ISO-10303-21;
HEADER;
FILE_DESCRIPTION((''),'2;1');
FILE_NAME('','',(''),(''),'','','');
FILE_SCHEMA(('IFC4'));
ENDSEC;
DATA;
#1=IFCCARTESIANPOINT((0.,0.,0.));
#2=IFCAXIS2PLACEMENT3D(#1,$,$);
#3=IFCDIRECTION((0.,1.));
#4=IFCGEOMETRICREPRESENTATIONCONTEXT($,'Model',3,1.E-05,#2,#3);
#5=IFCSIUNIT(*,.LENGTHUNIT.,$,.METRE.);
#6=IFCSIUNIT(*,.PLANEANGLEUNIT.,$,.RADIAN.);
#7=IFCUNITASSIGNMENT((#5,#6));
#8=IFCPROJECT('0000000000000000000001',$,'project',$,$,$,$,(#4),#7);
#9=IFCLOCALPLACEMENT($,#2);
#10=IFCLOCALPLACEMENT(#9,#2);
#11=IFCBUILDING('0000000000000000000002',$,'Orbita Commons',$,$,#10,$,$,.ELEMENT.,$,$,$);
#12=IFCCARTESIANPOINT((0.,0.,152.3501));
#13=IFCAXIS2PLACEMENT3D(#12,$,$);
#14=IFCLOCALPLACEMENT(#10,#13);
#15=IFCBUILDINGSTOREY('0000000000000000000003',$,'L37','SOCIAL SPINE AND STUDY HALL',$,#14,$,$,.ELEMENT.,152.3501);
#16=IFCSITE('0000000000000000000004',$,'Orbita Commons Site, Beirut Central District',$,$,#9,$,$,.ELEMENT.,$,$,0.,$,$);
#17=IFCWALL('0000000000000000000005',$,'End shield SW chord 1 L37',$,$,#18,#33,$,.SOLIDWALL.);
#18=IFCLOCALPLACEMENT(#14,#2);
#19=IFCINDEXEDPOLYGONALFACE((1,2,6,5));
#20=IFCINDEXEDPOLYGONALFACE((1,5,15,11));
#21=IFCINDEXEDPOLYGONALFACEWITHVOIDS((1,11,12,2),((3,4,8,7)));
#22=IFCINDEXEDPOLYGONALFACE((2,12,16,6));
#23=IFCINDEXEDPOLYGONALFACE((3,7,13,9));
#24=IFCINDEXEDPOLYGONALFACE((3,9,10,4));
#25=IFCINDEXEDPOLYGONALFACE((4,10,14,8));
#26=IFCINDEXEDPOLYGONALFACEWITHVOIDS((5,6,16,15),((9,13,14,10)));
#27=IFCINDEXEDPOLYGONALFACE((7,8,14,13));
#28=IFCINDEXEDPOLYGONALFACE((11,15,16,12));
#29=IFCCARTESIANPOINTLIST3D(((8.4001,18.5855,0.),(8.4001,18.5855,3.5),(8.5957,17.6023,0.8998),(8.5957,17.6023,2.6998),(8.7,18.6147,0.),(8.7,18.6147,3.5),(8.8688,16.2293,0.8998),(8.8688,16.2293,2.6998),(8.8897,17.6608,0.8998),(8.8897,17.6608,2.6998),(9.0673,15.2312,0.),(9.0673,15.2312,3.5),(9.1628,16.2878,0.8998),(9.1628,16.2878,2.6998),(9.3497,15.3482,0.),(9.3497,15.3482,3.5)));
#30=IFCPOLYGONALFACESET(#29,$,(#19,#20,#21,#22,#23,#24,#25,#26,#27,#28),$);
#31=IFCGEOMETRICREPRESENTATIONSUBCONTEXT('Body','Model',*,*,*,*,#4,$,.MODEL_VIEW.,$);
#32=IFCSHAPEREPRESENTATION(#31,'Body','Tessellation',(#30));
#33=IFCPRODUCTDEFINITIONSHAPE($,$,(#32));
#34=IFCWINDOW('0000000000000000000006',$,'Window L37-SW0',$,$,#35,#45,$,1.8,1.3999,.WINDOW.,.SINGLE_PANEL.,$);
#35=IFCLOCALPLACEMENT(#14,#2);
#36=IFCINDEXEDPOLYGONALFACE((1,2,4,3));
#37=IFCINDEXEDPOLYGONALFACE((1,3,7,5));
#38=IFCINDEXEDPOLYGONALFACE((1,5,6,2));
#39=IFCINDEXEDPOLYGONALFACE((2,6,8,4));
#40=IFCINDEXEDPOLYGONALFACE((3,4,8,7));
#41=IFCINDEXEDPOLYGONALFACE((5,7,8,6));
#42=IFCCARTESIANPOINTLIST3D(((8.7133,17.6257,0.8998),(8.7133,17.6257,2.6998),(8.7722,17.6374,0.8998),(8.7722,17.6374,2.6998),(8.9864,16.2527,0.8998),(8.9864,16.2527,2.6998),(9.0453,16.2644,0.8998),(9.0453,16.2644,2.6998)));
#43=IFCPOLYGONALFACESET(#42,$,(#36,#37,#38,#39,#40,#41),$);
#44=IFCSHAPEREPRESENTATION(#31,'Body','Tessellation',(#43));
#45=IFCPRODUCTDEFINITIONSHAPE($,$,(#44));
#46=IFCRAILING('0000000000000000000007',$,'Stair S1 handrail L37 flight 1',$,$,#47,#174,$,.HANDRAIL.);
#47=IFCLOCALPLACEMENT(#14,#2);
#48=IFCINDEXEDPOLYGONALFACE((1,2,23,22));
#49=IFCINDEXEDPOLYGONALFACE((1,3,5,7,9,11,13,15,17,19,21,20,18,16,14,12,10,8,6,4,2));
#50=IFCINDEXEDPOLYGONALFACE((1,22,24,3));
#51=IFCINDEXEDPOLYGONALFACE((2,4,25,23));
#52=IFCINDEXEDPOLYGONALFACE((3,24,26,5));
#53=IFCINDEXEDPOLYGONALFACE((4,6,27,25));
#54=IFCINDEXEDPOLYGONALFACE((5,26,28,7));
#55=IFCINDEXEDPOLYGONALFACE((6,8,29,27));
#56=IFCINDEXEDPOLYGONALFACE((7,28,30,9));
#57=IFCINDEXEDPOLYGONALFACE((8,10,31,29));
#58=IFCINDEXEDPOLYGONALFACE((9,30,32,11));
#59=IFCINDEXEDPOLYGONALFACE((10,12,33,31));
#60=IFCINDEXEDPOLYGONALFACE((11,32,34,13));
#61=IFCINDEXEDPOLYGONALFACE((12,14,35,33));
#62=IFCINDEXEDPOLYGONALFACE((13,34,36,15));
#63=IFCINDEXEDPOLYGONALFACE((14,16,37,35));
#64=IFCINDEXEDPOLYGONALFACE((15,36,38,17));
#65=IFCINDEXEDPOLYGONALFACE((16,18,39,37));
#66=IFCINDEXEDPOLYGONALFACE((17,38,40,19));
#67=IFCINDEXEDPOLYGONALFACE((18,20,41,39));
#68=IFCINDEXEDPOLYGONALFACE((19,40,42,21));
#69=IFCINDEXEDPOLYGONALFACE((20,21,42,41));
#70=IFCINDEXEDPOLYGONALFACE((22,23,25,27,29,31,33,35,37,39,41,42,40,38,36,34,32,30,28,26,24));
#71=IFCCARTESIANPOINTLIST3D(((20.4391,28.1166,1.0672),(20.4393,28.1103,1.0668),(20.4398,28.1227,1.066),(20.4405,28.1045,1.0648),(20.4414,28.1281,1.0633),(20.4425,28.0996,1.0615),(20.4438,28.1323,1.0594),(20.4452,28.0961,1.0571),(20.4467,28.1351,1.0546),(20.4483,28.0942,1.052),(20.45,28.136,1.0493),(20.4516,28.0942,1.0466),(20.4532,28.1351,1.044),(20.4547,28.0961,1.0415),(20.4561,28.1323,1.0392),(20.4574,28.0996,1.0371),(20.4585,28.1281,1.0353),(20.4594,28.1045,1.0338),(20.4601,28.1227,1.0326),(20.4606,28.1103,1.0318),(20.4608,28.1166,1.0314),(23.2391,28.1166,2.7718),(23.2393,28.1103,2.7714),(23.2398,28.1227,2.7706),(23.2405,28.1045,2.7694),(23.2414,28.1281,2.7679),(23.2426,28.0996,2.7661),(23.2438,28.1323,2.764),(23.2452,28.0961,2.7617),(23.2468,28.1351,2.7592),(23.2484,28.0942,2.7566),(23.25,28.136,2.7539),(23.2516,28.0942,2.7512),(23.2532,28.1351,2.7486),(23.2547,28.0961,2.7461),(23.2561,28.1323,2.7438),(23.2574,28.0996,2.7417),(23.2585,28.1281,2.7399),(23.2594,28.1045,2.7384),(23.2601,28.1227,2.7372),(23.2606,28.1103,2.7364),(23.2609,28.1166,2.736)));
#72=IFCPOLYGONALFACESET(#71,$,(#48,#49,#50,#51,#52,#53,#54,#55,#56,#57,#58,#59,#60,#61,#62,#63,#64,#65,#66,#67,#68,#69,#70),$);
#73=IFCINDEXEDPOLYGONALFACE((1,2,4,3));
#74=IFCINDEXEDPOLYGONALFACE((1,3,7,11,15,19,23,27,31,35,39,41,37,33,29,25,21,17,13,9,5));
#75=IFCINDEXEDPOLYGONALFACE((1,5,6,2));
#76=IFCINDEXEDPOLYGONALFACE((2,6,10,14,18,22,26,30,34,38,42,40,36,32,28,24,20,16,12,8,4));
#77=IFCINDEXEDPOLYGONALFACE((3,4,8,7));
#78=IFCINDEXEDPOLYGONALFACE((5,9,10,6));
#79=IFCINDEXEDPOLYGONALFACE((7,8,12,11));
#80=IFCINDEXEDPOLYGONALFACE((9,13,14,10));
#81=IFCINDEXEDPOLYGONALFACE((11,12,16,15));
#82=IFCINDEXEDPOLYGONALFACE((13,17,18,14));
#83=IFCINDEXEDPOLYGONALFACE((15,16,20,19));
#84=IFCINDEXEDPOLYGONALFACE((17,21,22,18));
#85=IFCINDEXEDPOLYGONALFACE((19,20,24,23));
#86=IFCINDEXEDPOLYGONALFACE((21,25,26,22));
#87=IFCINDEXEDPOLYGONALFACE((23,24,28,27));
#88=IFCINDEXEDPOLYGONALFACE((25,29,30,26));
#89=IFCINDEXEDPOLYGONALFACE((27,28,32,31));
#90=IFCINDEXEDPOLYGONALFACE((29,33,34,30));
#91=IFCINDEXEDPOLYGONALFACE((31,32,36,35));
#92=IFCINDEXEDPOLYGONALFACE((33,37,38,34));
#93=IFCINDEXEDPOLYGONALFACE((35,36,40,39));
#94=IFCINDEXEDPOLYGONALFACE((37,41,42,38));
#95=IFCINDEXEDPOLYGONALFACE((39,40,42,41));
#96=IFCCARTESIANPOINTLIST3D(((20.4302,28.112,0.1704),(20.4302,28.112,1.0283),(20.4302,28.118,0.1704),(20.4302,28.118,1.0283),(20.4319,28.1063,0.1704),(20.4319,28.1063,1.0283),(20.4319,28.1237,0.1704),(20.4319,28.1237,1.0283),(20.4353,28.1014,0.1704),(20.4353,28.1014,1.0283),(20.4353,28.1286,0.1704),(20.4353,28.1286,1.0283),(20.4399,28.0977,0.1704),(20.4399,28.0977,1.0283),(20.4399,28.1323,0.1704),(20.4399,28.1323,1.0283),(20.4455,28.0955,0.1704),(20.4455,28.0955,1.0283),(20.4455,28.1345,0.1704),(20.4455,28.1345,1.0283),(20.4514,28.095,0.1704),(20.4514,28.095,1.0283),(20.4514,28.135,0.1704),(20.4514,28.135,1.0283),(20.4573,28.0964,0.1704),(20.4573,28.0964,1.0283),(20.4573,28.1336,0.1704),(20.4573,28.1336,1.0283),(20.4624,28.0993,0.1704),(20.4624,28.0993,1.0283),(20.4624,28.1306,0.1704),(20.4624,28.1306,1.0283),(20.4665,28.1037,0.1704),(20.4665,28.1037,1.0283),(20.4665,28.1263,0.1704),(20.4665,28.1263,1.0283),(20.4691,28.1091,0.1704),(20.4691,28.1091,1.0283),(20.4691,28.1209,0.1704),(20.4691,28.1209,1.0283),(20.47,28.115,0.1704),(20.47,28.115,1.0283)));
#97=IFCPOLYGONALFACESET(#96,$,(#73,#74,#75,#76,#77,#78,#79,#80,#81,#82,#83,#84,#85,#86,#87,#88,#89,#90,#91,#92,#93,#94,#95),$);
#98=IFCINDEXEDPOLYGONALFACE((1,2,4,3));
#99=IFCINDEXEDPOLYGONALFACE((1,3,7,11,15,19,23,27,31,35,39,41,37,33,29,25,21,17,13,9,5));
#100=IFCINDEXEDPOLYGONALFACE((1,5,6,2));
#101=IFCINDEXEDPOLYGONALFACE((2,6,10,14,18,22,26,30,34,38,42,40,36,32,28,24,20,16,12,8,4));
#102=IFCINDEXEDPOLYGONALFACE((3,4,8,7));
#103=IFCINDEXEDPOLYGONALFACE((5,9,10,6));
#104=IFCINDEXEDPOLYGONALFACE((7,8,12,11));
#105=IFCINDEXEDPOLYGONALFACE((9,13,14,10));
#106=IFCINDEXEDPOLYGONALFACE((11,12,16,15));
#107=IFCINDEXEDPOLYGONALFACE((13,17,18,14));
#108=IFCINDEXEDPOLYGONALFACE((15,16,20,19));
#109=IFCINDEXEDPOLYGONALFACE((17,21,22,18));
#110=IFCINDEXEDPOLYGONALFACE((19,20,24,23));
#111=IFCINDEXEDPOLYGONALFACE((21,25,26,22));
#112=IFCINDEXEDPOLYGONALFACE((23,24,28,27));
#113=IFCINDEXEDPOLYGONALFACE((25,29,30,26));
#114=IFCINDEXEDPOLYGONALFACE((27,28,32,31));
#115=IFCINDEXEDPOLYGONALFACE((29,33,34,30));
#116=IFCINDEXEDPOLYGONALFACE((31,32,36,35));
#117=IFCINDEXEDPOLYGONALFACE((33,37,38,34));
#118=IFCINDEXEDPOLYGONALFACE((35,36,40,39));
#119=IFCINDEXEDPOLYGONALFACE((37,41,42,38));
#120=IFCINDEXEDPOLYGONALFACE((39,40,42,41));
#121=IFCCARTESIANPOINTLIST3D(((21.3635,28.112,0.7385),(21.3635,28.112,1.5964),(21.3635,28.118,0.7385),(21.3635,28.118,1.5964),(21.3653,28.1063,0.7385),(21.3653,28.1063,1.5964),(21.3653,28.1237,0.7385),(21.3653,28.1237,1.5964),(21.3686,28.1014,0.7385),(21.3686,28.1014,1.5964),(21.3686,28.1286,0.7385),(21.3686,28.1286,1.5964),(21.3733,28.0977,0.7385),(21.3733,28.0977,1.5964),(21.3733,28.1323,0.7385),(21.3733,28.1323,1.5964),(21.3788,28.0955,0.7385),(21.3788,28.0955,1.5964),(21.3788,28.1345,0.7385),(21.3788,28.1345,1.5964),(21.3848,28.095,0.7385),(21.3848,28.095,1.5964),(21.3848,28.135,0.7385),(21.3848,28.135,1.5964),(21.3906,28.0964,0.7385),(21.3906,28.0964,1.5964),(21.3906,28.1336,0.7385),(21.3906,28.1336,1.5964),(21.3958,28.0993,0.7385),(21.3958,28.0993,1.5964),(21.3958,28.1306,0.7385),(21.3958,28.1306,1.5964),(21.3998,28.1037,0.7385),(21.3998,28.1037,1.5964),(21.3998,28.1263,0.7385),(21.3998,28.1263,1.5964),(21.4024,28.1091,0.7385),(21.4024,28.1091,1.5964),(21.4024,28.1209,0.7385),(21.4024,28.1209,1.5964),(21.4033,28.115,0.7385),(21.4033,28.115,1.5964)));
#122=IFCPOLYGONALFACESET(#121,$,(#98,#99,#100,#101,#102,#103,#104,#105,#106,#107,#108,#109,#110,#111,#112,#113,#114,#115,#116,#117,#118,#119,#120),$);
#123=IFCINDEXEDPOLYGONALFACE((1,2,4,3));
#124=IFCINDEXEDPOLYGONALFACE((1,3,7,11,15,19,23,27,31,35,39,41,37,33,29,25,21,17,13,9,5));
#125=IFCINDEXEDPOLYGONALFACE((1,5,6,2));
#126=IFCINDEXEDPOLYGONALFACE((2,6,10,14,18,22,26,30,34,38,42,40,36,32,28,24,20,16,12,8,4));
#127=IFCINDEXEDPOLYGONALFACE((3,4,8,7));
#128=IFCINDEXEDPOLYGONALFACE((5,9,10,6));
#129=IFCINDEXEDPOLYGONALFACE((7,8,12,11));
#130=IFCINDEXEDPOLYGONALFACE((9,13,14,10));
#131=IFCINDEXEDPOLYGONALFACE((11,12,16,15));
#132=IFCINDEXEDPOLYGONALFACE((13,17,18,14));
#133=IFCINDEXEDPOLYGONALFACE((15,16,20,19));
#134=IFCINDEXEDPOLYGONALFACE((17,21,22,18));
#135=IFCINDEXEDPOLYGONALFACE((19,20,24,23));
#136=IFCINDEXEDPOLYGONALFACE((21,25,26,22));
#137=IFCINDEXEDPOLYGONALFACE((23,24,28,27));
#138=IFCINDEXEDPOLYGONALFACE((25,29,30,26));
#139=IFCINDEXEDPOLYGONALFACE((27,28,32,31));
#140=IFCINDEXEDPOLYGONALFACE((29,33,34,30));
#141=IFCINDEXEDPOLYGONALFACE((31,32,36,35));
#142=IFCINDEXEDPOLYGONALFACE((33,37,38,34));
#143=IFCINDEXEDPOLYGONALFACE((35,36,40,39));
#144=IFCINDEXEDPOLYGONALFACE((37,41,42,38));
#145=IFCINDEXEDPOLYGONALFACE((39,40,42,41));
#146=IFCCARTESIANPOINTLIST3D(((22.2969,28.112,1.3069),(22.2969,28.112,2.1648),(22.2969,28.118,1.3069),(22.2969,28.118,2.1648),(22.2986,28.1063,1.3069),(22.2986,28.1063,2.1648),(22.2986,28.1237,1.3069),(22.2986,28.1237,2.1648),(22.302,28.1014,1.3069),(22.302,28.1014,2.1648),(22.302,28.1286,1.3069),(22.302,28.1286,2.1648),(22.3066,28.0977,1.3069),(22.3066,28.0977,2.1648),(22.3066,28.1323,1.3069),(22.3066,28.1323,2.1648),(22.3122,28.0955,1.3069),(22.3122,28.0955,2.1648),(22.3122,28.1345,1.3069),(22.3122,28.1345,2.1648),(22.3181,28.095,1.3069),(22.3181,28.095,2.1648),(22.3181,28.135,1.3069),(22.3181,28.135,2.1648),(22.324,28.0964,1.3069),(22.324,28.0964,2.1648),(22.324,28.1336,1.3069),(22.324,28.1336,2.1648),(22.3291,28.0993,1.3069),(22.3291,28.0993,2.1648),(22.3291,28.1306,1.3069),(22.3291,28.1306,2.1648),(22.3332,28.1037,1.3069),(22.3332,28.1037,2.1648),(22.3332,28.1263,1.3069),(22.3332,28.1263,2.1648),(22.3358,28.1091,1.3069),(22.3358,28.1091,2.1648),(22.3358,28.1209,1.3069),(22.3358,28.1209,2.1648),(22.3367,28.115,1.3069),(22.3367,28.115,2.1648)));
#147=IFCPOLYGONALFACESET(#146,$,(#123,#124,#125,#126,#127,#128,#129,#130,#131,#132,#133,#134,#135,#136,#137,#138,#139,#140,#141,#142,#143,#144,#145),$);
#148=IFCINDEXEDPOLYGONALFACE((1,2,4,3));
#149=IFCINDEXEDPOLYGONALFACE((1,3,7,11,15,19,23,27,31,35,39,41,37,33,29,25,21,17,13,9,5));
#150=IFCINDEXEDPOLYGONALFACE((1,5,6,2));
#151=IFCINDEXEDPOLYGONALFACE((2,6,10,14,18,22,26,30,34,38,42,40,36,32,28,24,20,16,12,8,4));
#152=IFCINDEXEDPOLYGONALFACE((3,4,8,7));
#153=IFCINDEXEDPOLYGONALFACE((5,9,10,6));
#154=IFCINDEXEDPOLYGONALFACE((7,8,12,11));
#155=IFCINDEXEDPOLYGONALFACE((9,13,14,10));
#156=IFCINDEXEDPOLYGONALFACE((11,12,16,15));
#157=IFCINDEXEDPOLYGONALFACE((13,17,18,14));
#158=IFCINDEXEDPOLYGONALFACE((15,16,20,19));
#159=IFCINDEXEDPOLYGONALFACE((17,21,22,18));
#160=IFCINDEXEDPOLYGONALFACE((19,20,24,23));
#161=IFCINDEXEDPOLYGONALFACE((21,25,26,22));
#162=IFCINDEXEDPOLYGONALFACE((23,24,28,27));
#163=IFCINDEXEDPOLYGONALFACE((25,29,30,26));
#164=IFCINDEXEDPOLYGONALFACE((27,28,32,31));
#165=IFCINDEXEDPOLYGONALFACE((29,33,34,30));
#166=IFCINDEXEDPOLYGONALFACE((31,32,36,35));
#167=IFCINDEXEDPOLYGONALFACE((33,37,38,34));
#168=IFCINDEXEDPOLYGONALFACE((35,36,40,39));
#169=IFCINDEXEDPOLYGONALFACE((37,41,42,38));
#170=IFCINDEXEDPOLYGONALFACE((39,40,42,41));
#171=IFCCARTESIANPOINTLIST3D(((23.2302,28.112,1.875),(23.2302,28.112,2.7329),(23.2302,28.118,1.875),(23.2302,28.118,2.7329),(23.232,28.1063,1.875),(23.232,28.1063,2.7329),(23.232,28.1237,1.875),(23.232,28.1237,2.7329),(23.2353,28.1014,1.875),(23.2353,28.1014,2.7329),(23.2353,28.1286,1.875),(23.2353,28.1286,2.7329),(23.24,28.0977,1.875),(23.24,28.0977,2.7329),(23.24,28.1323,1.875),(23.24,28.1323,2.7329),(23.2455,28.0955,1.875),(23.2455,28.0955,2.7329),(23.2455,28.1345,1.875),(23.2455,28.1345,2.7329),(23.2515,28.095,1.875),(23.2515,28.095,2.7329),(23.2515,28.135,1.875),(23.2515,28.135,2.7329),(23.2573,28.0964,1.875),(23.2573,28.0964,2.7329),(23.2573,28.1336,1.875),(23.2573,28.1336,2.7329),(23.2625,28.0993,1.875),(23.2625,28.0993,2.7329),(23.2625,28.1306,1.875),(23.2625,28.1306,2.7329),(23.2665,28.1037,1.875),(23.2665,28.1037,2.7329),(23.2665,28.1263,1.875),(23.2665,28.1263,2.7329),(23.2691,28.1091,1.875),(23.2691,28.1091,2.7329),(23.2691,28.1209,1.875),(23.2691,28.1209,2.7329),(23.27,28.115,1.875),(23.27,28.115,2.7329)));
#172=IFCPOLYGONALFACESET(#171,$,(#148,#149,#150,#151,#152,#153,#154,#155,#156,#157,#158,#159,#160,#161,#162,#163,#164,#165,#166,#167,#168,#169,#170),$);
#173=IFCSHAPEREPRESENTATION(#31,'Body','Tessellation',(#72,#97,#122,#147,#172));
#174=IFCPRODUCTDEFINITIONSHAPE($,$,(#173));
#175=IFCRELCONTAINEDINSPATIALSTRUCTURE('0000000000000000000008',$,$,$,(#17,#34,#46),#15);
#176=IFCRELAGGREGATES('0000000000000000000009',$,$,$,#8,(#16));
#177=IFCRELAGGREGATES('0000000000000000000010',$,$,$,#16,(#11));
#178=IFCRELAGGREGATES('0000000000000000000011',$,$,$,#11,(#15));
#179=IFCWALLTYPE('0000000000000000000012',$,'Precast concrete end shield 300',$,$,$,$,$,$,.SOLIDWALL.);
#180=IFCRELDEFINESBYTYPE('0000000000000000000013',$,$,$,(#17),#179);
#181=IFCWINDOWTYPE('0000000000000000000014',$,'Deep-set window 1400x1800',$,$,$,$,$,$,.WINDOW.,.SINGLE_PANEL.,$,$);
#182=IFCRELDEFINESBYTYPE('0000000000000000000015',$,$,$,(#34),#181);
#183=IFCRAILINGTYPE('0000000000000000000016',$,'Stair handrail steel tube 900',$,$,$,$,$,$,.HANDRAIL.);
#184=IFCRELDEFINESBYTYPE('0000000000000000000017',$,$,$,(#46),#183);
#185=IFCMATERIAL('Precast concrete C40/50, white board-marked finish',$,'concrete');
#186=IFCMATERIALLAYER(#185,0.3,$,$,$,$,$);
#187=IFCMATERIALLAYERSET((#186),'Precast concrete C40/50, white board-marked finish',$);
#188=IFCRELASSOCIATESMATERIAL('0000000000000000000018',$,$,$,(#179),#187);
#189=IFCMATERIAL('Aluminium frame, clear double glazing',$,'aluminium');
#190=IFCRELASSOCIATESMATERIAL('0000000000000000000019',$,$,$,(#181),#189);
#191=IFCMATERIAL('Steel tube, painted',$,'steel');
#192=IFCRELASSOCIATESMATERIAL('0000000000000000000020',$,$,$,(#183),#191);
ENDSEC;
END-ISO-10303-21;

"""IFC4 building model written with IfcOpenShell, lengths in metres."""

from ifc_helpers import new_model, si_unit, direction, frame, frame_2d, origin, origin_2d, place, context, subcontext, project, spatial, polyline, rectangle, circle, outline, extrude, material, layer, layer_set, type_object, element, fill, save


model = new_model("IFC4")

# Units and contexts
model_context = context("Model", 3, precision=1e-05, world=origin(), true_north=direction((0.0, 1.0)))
body_context = subcontext(model_context, "Body", "Model", "MODEL_VIEW")
ifc_project = project(units=[si_unit("LENGTHUNIT", "METRE"), si_unit("PLANEANGLEUNIT", "RADIAN")], contexts=[model_context])

# Site, building, storey
site_placement = place(None, origin())
site = spatial("IfcSite", under=ifc_project, at=site_placement, Name="Orbita Commons Site, Beirut Central District", CompositionType="ELEMENT", RefElevation=0.0)
building_placement = place(site_placement, origin())
building = spatial("IfcBuilding", under=site, at=building_placement, Name="Orbita Commons", CompositionType="ELEMENT")
storey_placement = place(building_placement, frame((0.0, 0.0, 152.3501)))
storey = spatial("IfcBuildingStorey", under=building, at=storey_placement, Name="L37", Description="SOCIAL SPINE AND STUDY HALL", CompositionType="ELEMENT", Elevation=152.3501)

# Wall, opening, window
ifc_material_1 = material(Name="Precast concrete C40/50, white board-marked finish", Category="concrete")
ifc_layer_1 = layer(ifc_material_1, 0.3)
ifc_layer_set_1 = layer_set([ifc_layer_1], Name="Precast concrete C40/50, white board-marked finish")
wall_type_1 = type_object("IfcWallType", Name="Precast concrete end shield 300", PredefinedType="SOLIDWALL", material=ifc_layer_set_1)
wall_1_placement = place(storey_placement, frame((8.55, 18.6001, 0.0), z_axis=(0.0, 0.0, 1.0), x_axis=(0.195087, -0.980786, 0.0)))
wall_1 = element("IfcWall", 1, at=wall_1_placement, inside=storey, type_object=wall_type_1, Name="End shield SW chord 1 L37", PredefinedType="SOLIDWALL", context=body_context, shape_type="SweptSolid", body=[
    extrude(outline(polyline([(-0.0149, -0.1499), (3.405, -0.1499), (3.3455, 0.1499), (0.0149, 0.1499), (-0.0149, -0.1499)])), origin(), (0.0, 0.0, 1.0), 3.5),
])
opening_1_placement = place(wall_1_placement, frame((0.9875, 0.0, 0.8999)))
opening_1 = element("IfcOpeningElement", 2, at=opening_1_placement, cuts=wall_1, PredefinedType="OPENING", context=body_context, shape_type="SweptSolid", body=[
    extrude(rectangle(XDim=1.3999, YDim=1.8, at=frame_2d((0.7, 0.8999))), frame((0.0, 0.1599, 0.0), z_axis=(0.0, -1.0, 0.0), x_axis=(1.0, 0.0, 0.0)), (0.0, 0.0, 1.0), 0.3201),
])
ifc_material_2 = material(Name="Aluminium frame, clear double glazing", Category="aluminium")
window_type = type_object("IfcWindowType", Name="Deep-set window 1400x1800", PartitioningType="SINGLE_PANEL", PredefinedType="WINDOW", material=ifc_material_2)
window_placement = place(opening_1_placement, origin())
window = element("IfcWindow", 3, at=window_placement, inside=storey, type_object=window_type, Name="Window L37-SW0", OverallHeight=1.8, OverallWidth=1.3999, PartitioningType="SINGLE_PANEL", PredefinedType="WINDOW", context=body_context, shape_type="SweptSolid", body=[
    extrude(rectangle(XDim=1.3999, YDim=1.8, at=frame_2d((0.7, 0.8999))), frame((0.0, 0.03, 0.0), z_axis=(0.0, -1.0, 0.0), x_axis=(1.0, 0.0, 0.0)), (0.0, 0.0, 1.0), 0.0601),
])
fill(opening_1, window)

# Railing
ifc_material_3 = material(Name="Steel tube, painted", Category="steel")
railing_type = type_object("IfcRailingType", Name="Stair handrail steel tube 900", PredefinedType="HANDRAIL", material=ifc_material_3)
for number, where, name in (
    (4, (20.45, 28.115, 0.1704), "Stair S1 handrail L37 flight 1"),
):
    element("IfcRailing", number, at=place(storey_placement, frame(where)), inside=storey, type_object=railing_type, Name=name, PredefinedType="HANDRAIL", context=body_context, shape_type="SweptSolid", body=[
        extrude(circle(Radius=0.021, at=origin_2d()), frame((0.0, 0.0, 0.8789), z_axis=(0.85417, 0.0, 0.519994), x_axis=(0.0, 1.0, 0.0)), (0.0, 0.0, 1.0), 3.2781),
        extrude(circle(Radius=0.02, at=origin_2d()), origin(), (0.0, 0.0, 1.0), 0.8579),
        extrude(circle(Radius=0.02, at=origin_2d()), frame((0.9333, 0.0, 0.5681)), (0.0, 0.0, 1.0), 0.8579),
        extrude(circle(Radius=0.02, at=origin_2d()), frame((1.8667, 0.0, 1.1365)), (0.0, 0.0, 1.0), 0.8579),
        extrude(circle(Radius=0.02, at=origin_2d()), frame((2.8, 0.0, 1.7046)), (0.0, 0.0, 1.0), 0.8579),
    ])

save(model, "model.ifc")
